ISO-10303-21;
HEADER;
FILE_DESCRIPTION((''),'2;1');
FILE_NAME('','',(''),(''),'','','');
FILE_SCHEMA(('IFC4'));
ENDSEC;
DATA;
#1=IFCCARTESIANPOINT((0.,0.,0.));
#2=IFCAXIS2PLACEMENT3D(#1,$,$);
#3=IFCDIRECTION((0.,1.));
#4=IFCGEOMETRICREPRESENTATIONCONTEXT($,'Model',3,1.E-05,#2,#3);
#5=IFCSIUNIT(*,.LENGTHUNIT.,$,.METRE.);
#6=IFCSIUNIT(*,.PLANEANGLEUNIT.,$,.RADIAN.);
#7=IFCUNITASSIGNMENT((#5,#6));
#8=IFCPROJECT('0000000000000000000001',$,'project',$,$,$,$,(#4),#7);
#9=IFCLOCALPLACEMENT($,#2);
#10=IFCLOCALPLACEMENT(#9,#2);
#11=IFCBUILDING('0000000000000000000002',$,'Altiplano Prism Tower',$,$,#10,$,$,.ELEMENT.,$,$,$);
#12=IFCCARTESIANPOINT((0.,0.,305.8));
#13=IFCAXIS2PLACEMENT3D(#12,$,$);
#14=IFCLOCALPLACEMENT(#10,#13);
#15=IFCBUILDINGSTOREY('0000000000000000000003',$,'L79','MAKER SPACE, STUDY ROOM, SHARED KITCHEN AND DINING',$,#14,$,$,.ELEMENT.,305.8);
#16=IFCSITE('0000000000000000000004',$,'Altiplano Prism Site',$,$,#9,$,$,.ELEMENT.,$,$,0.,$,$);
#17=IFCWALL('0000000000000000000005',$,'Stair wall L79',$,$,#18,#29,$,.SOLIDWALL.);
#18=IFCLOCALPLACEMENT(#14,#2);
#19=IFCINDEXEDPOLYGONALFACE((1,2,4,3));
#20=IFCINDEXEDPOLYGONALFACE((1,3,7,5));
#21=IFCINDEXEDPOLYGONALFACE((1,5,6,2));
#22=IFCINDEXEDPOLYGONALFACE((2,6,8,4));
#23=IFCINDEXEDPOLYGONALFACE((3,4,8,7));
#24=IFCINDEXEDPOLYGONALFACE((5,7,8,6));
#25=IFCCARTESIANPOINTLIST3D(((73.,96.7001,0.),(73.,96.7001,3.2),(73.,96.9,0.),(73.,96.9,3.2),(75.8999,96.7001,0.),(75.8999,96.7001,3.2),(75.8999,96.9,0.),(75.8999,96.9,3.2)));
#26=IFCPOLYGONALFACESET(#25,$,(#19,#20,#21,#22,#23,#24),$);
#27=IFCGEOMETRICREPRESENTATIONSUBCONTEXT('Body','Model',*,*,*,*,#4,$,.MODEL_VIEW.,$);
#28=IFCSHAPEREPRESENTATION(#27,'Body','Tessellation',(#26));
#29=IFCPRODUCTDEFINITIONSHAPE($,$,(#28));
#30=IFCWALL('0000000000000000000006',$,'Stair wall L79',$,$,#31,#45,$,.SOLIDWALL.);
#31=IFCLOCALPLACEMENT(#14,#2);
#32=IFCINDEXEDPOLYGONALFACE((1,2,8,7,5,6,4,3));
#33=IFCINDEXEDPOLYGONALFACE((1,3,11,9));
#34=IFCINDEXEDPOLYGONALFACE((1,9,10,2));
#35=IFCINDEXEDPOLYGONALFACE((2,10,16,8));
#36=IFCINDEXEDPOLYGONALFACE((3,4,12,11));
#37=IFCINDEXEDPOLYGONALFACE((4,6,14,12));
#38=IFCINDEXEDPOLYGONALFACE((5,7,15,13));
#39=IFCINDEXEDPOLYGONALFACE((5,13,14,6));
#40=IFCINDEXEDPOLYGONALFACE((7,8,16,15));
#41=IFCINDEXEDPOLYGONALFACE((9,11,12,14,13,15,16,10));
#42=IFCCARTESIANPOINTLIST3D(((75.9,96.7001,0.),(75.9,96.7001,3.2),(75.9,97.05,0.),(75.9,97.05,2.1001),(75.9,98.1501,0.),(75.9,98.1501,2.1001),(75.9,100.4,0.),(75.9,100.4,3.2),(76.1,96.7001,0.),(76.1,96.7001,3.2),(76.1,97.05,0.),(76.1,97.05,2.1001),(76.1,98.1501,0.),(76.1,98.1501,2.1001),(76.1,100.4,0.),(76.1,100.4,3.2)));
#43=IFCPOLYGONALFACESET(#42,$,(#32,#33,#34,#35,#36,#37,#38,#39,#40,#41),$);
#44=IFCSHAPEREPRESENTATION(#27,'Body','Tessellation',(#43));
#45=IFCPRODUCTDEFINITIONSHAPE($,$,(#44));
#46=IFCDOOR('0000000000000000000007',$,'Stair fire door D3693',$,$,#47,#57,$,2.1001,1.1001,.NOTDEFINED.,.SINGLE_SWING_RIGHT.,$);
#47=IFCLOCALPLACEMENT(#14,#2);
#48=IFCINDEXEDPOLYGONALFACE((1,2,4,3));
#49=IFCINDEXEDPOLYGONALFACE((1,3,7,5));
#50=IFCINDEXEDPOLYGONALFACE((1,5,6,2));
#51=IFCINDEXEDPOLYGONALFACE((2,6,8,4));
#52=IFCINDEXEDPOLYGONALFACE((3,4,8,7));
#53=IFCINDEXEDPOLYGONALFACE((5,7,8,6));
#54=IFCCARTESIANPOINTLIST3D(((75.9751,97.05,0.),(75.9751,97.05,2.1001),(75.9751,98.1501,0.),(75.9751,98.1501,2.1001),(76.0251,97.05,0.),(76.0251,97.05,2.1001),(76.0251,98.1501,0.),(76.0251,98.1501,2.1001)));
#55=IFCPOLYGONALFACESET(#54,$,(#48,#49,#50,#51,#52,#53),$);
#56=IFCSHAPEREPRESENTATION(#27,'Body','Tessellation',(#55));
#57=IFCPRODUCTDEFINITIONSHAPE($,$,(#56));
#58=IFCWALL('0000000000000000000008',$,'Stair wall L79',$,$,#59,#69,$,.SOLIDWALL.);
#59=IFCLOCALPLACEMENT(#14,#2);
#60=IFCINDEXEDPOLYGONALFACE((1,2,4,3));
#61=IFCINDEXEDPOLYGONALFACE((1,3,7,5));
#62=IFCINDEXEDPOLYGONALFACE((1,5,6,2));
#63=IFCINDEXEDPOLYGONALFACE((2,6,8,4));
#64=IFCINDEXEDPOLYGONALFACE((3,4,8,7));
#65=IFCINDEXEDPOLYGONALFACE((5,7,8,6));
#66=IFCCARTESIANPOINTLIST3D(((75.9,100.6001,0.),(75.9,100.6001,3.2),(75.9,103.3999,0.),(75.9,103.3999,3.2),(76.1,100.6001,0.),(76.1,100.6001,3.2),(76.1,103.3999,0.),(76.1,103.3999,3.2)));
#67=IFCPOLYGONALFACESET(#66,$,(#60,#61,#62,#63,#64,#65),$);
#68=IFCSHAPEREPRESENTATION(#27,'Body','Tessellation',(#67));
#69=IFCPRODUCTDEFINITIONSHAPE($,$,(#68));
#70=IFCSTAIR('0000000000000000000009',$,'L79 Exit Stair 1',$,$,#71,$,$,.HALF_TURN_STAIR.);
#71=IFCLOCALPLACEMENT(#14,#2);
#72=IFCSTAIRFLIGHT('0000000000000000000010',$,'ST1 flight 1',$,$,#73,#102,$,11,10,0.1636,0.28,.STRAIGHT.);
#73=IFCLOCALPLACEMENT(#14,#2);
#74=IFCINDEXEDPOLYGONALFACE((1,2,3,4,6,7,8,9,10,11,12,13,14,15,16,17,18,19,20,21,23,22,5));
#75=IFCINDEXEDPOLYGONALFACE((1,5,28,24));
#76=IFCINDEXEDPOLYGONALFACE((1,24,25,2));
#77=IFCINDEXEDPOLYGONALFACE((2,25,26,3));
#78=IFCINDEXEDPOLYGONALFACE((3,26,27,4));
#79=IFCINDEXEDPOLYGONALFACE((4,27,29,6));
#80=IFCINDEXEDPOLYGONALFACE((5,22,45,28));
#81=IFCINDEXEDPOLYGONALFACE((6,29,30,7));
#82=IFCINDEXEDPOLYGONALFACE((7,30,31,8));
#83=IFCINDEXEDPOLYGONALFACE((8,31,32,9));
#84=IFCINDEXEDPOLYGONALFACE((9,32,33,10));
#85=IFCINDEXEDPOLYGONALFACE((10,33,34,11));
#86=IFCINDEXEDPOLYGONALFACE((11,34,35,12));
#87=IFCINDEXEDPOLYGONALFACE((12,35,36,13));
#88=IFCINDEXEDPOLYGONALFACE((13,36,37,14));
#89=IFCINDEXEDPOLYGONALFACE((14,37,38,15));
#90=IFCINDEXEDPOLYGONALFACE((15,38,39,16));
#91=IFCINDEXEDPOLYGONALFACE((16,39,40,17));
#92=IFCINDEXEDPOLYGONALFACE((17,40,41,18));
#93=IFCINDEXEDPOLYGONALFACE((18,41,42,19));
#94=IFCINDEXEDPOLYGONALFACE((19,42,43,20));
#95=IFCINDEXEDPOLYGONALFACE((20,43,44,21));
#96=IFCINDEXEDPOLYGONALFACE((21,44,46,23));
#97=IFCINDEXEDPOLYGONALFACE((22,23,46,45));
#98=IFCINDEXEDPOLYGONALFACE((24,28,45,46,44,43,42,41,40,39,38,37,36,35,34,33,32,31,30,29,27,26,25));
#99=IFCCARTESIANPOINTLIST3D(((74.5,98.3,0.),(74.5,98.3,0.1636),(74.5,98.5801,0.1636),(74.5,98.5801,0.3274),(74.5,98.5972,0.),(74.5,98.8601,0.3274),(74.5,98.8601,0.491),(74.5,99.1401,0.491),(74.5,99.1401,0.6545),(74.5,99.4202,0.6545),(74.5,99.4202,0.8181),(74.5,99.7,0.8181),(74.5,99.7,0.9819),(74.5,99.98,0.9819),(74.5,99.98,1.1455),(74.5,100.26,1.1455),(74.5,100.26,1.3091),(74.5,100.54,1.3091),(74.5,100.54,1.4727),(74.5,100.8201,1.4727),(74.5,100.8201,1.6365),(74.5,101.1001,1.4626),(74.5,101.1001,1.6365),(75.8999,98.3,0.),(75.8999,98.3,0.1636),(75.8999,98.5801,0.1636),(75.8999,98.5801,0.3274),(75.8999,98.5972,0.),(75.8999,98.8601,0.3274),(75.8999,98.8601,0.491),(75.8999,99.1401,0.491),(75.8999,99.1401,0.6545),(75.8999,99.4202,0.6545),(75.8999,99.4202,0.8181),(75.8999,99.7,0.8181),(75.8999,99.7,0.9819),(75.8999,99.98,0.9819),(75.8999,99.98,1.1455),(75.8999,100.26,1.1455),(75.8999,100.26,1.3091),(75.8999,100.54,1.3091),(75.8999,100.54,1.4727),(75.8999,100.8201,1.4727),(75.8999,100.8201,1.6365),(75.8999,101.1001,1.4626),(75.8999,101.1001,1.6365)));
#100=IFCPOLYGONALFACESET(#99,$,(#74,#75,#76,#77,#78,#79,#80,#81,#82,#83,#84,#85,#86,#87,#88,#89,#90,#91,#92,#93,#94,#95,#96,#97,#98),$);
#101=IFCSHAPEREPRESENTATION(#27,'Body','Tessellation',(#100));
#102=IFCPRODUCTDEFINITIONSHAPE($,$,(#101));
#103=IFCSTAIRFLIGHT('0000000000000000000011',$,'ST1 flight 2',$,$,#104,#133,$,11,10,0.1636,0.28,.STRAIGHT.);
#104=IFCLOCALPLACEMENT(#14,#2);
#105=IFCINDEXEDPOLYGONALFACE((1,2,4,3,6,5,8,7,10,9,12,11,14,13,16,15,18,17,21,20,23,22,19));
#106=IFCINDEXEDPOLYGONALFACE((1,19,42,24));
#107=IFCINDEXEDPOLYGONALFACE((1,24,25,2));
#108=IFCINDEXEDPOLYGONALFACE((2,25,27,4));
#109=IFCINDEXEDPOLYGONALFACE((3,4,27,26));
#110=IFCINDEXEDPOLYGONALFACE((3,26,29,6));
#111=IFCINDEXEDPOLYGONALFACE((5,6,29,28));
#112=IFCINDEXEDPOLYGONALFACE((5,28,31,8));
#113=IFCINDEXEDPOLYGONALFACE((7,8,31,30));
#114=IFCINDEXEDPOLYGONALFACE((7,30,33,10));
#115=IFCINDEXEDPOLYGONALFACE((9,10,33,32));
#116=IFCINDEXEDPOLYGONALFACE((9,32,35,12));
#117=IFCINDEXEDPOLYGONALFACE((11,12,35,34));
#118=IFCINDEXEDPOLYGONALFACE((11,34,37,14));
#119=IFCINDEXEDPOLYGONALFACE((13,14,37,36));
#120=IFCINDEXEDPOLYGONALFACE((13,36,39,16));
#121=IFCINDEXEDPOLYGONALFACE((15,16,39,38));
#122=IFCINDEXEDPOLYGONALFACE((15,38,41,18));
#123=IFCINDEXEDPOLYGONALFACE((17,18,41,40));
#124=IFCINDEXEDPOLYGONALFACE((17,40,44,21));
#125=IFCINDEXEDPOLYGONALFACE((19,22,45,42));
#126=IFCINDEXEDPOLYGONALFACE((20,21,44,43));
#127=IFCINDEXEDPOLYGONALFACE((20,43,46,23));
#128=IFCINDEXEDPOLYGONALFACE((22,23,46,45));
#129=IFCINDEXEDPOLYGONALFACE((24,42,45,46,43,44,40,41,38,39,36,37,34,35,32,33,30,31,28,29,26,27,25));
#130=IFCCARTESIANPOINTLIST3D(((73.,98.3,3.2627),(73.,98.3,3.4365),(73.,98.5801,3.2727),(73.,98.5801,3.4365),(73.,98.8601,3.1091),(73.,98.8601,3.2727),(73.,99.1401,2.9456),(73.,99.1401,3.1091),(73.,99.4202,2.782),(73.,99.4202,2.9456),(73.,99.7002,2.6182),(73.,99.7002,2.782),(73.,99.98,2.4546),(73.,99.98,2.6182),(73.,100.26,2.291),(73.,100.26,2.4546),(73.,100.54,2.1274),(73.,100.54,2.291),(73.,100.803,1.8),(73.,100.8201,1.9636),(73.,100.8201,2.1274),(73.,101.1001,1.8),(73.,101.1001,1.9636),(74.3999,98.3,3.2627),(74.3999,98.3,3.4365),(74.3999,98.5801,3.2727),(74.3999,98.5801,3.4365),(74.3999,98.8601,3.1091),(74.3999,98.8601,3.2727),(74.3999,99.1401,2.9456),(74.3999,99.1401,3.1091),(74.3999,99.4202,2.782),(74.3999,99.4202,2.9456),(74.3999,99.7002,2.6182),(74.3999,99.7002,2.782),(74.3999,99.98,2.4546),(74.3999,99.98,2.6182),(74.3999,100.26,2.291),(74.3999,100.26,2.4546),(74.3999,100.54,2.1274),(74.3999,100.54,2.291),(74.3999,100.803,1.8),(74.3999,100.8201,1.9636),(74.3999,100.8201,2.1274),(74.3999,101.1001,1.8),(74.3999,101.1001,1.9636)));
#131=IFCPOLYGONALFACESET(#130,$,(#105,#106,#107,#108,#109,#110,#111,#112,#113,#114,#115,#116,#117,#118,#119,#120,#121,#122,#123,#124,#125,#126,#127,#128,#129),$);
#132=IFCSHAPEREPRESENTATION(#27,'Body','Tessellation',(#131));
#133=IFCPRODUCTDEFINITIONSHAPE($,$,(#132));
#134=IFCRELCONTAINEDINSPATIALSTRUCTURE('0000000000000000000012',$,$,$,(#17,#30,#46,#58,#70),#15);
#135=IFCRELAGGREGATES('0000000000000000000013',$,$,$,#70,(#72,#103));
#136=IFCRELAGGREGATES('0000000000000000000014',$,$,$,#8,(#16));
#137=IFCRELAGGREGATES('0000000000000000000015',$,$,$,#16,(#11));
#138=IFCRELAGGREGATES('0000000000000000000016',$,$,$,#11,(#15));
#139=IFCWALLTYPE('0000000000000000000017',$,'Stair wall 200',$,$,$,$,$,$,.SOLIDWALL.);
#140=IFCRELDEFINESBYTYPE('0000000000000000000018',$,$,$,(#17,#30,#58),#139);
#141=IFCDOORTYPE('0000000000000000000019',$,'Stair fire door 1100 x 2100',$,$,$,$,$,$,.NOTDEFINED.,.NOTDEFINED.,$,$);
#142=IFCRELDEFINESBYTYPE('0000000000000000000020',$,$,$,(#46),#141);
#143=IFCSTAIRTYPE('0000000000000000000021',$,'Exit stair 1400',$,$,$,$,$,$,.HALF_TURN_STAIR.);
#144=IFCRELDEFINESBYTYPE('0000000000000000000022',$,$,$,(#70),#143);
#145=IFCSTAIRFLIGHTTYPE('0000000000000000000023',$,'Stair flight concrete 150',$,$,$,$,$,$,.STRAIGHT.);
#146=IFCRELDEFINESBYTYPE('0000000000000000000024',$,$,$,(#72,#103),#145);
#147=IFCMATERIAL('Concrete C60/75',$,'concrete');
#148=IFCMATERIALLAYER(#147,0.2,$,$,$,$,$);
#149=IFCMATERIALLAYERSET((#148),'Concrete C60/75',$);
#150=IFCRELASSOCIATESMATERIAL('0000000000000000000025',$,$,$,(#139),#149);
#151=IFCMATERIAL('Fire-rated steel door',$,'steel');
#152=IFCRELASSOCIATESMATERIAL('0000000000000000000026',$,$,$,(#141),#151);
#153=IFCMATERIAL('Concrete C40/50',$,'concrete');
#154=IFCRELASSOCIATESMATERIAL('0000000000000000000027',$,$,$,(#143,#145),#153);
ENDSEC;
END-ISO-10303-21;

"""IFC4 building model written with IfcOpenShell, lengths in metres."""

from ifc_helpers import new_model, si_unit, direction, frame, frame_2d, origin, place, context, subcontext, project, spatial, polyline, rectangle, outline, extrude, material, layer, layer_set, type_object, element, fill, aggregate, save


model = new_model("IFC4")

# Units and contexts
model_context = context("Model", 3, precision=1e-05, world=origin(), true_north=direction((0.0, 1.0)))
body_context = subcontext(model_context, "Body", "Model", "MODEL_VIEW")
ifc_project = project(units=[si_unit("LENGTHUNIT", "METRE"), si_unit("PLANEANGLEUNIT", "RADIAN")], contexts=[model_context])

# Site, building, storey
site_placement = place(None, origin())
site = spatial("IfcSite", under=ifc_project, at=site_placement, Name="Altiplano Prism Site", CompositionType="ELEMENT", RefElevation=0.0)
building_placement = place(site_placement, origin())
building = spatial("IfcBuilding", under=site, at=building_placement, Name="Altiplano Prism Tower", CompositionType="ELEMENT")
storey_placement = place(building_placement, frame((0.0, 0.0, 305.8)))
storey = spatial("IfcBuildingStorey", under=building, at=storey_placement, Name="L79", Description="MAKER SPACE, STUDY ROOM, SHARED KITCHEN AND DINING", CompositionType="ELEMENT", Elevation=305.8)

# Wall
ifc_material_1 = material(Name="Concrete C60/75", Category="concrete")
ifc_layer = layer(ifc_material_1, 0.2)
ifc_layer_set = layer_set([ifc_layer], Name="Concrete C60/75")
wall_type = type_object("IfcWallType", Name="Stair wall 200", PredefinedType="SOLIDWALL", material=ifc_layer_set)
wall_1_placement = place(storey_placement, frame((73.0, 96.8, 0.0), z_axis=(0.0, 0.0, 1.0), x_axis=(1.0, 0.0, 0.0)))
element("IfcWall", 1, at=wall_1_placement, inside=storey, type_object=wall_type, Name="Stair wall L79", PredefinedType="SOLIDWALL", context=body_context, shape_type="SweptSolid", body=[
    extrude(rectangle(XDim=2.8999, YDim=0.2, at=frame_2d((1.45, 0.0))), origin(), (0.0, 0.0, 1.0), 3.2),
])

# Wall, opening, door
wall_2_placement = place(storey_placement, frame((76.0, 96.7, 0.0), z_axis=(0.0, 0.0, 1.0), x_axis=(0.0, 1.0, 0.0)))
wall_2 = element("IfcWall", 2, at=wall_2_placement, inside=storey, type_object=wall_type, Name="Stair wall L79", PredefinedType="SOLIDWALL", context=body_context, shape_type="SweptSolid", body=[
    extrude(rectangle(XDim=3.7, YDim=0.2, at=frame_2d((1.8501, 0.0))), origin(), (0.0, 0.0, 1.0), 3.2),
])
opening_1_placement = place(wall_2_placement, frame((0.3501, 0.0, 0.0)))
opening_1 = element("IfcOpeningElement", 3, at=opening_1_placement, cuts=wall_2, PredefinedType="OPENING", context=body_context, shape_type="SweptSolid", body=[
    extrude(rectangle(XDim=1.1001, YDim=2.1001, at=frame_2d((0.55, 1.05))), frame((0.0, 0.1104, 0.0), z_axis=(0.0, -1.0, 0.0), x_axis=(1.0, 0.0, 0.0)), (0.0, 0.0, 1.0), 0.2209),
])
ifc_material_2 = material(Name="Fire-rated steel door", Category="steel")
door_type_1 = type_object("IfcDoorType", Name="Stair fire door 1100 x 2100", OperationType="NOTDEFINED", PredefinedType="NOTDEFINED", material=ifc_material_2)
door_1_placement = place(opening_1_placement, origin())
door_1 = element("IfcDoor", 4, at=door_1_placement, inside=storey, type_object=door_type_1, Name="Stair fire door D3693", OperationType="SINGLE_SWING_RIGHT", OverallHeight=2.1001, OverallWidth=1.1001, PredefinedType="NOTDEFINED", context=body_context, shape_type="SweptSolid", body=[
    extrude(rectangle(XDim=1.1001, YDim=2.1001, at=frame_2d((0.55, 1.05))), frame((0.0, 0.0249, 0.0), z_axis=(0.0, -1.0, 0.0), x_axis=(1.0, 0.0, 0.0)), (0.0, 0.0, 1.0), 0.05),
])
fill(opening_1, door_1)

# Wall
wall_3_placement = place(storey_placement, frame((76.0, 100.6001, 0.0), z_axis=(0.0, 0.0, 1.0), x_axis=(0.0, 1.0, 0.0)))
element("IfcWall", 5, at=wall_3_placement, inside=storey, type_object=wall_type, Name="Stair wall L79", PredefinedType="SOLIDWALL", context=body_context, shape_type="SweptSolid", body=[
    extrude(rectangle(XDim=2.7998, YDim=0.2, at=frame_2d((1.3999, 0.0))), origin(), (0.0, 0.0, 1.0), 3.2),
])

# Stair, stair flights
ifc_material_3 = material(Name="Concrete C40/50", Category="concrete")
stair_type = type_object("IfcStairType", Name="Exit stair 1400", PredefinedType="HALF_TURN_STAIR", material=ifc_material_3)
stair_placement = place(storey_placement, origin())
stair = element("IfcStair", 6, at=stair_placement, inside=storey, type_object=stair_type, Name="L79 Exit Stair 1", PredefinedType="HALF_TURN_STAIR")
stair_flight_type = type_object("IfcStairFlightType", Name="Stair flight concrete 150", PredefinedType="STRAIGHT", material=ifc_material_3)
stair_flight_1_placement = place(storey_placement, frame((75.2, 98.3, 0.0), z_axis=(0.0, 0.0, 1.0), x_axis=(0.0, 1.0, 0.0)))
stair_flight_1 = element("IfcStairFlight", 7, at=stair_flight_1_placement, type_object=stair_flight_type, Name="ST1 flight 1", NumberOfRisers=11, NumberOfTreads=10, PredefinedType="STRAIGHT", RiserHeight=0.1636, TreadLength=0.28, context=body_context, shape_type="SweptSolid", body=[
    extrude(outline(polyline([(0.0, 0.0), (0.0, 0.1636), (0.28, 0.1636), (0.28, 0.3274), (0.5601, 0.3274), (0.5601, 0.491), (0.8401, 0.491), (0.8401, 0.6545), (1.1201, 0.6545), (1.1201, 0.8181), (1.3999, 0.8181), (1.3999, 0.9819), (1.6799, 0.9819), (1.6799, 1.1455), (1.96, 1.1455), (1.96, 1.3091), (2.24, 1.3091), (2.24, 1.4727), (2.52, 1.4727), (2.52, 1.6365), (2.8, 1.6365), (2.8, 1.8), (2.8, 1.4626), (0.2971, 0.0), (0.0, 0.0)])), frame((0.0, 0.7, 0.0), z_axis=(0.0, -1.0, 0.0), x_axis=(1.0, 0.0, 0.0)), (0.0, 0.0, 1.0), 1.3999),
])
stair_flight_2_placement = place(storey_placement, frame((73.7, 101.1001, 1.8), z_axis=(0.0, 0.0, 1.0), x_axis=(0.0, -1.0, 0.0)))
stair_flight_2 = element("IfcStairFlight", 8, at=stair_flight_2_placement, type_object=stair_flight_type, Name="ST1 flight 2", NumberOfRisers=11, NumberOfTreads=10, PredefinedType="STRAIGHT", RiserHeight=0.1636, TreadLength=0.28, context=body_context, shape_type="SweptSolid", body=[
    extrude(outline(polyline([(0.0, 0.0), (0.0, 0.1636), (0.28, 0.1636), (0.28, 0.3274), (0.5601, 0.3274), (0.5601, 0.491), (0.8401, 0.491), (0.8401, 0.6545), (1.1201, 0.6545), (1.1201, 0.8181), (1.3999, 0.8181), (1.3999, 0.9819), (1.6799, 0.9819), (1.6799, 1.1455), (1.96, 1.1455), (1.96, 1.3091), (2.24, 1.3091), (2.24, 1.4727), (2.52, 1.4727), (2.52, 1.6365), (2.8, 1.6365), (2.8, 1.8), (2.8, 1.4626), (0.2971, 0.0), (0.0, 0.0)])), frame((0.0, 0.7, 0.0), z_axis=(0.0, -1.0, 0.0), x_axis=(1.0, 0.0, 0.0)), (0.0, 0.0, 1.0), 1.3999),
])
aggregate(stair, [stair_flight_1, stair_flight_2])

save(model, "model.ifc")
